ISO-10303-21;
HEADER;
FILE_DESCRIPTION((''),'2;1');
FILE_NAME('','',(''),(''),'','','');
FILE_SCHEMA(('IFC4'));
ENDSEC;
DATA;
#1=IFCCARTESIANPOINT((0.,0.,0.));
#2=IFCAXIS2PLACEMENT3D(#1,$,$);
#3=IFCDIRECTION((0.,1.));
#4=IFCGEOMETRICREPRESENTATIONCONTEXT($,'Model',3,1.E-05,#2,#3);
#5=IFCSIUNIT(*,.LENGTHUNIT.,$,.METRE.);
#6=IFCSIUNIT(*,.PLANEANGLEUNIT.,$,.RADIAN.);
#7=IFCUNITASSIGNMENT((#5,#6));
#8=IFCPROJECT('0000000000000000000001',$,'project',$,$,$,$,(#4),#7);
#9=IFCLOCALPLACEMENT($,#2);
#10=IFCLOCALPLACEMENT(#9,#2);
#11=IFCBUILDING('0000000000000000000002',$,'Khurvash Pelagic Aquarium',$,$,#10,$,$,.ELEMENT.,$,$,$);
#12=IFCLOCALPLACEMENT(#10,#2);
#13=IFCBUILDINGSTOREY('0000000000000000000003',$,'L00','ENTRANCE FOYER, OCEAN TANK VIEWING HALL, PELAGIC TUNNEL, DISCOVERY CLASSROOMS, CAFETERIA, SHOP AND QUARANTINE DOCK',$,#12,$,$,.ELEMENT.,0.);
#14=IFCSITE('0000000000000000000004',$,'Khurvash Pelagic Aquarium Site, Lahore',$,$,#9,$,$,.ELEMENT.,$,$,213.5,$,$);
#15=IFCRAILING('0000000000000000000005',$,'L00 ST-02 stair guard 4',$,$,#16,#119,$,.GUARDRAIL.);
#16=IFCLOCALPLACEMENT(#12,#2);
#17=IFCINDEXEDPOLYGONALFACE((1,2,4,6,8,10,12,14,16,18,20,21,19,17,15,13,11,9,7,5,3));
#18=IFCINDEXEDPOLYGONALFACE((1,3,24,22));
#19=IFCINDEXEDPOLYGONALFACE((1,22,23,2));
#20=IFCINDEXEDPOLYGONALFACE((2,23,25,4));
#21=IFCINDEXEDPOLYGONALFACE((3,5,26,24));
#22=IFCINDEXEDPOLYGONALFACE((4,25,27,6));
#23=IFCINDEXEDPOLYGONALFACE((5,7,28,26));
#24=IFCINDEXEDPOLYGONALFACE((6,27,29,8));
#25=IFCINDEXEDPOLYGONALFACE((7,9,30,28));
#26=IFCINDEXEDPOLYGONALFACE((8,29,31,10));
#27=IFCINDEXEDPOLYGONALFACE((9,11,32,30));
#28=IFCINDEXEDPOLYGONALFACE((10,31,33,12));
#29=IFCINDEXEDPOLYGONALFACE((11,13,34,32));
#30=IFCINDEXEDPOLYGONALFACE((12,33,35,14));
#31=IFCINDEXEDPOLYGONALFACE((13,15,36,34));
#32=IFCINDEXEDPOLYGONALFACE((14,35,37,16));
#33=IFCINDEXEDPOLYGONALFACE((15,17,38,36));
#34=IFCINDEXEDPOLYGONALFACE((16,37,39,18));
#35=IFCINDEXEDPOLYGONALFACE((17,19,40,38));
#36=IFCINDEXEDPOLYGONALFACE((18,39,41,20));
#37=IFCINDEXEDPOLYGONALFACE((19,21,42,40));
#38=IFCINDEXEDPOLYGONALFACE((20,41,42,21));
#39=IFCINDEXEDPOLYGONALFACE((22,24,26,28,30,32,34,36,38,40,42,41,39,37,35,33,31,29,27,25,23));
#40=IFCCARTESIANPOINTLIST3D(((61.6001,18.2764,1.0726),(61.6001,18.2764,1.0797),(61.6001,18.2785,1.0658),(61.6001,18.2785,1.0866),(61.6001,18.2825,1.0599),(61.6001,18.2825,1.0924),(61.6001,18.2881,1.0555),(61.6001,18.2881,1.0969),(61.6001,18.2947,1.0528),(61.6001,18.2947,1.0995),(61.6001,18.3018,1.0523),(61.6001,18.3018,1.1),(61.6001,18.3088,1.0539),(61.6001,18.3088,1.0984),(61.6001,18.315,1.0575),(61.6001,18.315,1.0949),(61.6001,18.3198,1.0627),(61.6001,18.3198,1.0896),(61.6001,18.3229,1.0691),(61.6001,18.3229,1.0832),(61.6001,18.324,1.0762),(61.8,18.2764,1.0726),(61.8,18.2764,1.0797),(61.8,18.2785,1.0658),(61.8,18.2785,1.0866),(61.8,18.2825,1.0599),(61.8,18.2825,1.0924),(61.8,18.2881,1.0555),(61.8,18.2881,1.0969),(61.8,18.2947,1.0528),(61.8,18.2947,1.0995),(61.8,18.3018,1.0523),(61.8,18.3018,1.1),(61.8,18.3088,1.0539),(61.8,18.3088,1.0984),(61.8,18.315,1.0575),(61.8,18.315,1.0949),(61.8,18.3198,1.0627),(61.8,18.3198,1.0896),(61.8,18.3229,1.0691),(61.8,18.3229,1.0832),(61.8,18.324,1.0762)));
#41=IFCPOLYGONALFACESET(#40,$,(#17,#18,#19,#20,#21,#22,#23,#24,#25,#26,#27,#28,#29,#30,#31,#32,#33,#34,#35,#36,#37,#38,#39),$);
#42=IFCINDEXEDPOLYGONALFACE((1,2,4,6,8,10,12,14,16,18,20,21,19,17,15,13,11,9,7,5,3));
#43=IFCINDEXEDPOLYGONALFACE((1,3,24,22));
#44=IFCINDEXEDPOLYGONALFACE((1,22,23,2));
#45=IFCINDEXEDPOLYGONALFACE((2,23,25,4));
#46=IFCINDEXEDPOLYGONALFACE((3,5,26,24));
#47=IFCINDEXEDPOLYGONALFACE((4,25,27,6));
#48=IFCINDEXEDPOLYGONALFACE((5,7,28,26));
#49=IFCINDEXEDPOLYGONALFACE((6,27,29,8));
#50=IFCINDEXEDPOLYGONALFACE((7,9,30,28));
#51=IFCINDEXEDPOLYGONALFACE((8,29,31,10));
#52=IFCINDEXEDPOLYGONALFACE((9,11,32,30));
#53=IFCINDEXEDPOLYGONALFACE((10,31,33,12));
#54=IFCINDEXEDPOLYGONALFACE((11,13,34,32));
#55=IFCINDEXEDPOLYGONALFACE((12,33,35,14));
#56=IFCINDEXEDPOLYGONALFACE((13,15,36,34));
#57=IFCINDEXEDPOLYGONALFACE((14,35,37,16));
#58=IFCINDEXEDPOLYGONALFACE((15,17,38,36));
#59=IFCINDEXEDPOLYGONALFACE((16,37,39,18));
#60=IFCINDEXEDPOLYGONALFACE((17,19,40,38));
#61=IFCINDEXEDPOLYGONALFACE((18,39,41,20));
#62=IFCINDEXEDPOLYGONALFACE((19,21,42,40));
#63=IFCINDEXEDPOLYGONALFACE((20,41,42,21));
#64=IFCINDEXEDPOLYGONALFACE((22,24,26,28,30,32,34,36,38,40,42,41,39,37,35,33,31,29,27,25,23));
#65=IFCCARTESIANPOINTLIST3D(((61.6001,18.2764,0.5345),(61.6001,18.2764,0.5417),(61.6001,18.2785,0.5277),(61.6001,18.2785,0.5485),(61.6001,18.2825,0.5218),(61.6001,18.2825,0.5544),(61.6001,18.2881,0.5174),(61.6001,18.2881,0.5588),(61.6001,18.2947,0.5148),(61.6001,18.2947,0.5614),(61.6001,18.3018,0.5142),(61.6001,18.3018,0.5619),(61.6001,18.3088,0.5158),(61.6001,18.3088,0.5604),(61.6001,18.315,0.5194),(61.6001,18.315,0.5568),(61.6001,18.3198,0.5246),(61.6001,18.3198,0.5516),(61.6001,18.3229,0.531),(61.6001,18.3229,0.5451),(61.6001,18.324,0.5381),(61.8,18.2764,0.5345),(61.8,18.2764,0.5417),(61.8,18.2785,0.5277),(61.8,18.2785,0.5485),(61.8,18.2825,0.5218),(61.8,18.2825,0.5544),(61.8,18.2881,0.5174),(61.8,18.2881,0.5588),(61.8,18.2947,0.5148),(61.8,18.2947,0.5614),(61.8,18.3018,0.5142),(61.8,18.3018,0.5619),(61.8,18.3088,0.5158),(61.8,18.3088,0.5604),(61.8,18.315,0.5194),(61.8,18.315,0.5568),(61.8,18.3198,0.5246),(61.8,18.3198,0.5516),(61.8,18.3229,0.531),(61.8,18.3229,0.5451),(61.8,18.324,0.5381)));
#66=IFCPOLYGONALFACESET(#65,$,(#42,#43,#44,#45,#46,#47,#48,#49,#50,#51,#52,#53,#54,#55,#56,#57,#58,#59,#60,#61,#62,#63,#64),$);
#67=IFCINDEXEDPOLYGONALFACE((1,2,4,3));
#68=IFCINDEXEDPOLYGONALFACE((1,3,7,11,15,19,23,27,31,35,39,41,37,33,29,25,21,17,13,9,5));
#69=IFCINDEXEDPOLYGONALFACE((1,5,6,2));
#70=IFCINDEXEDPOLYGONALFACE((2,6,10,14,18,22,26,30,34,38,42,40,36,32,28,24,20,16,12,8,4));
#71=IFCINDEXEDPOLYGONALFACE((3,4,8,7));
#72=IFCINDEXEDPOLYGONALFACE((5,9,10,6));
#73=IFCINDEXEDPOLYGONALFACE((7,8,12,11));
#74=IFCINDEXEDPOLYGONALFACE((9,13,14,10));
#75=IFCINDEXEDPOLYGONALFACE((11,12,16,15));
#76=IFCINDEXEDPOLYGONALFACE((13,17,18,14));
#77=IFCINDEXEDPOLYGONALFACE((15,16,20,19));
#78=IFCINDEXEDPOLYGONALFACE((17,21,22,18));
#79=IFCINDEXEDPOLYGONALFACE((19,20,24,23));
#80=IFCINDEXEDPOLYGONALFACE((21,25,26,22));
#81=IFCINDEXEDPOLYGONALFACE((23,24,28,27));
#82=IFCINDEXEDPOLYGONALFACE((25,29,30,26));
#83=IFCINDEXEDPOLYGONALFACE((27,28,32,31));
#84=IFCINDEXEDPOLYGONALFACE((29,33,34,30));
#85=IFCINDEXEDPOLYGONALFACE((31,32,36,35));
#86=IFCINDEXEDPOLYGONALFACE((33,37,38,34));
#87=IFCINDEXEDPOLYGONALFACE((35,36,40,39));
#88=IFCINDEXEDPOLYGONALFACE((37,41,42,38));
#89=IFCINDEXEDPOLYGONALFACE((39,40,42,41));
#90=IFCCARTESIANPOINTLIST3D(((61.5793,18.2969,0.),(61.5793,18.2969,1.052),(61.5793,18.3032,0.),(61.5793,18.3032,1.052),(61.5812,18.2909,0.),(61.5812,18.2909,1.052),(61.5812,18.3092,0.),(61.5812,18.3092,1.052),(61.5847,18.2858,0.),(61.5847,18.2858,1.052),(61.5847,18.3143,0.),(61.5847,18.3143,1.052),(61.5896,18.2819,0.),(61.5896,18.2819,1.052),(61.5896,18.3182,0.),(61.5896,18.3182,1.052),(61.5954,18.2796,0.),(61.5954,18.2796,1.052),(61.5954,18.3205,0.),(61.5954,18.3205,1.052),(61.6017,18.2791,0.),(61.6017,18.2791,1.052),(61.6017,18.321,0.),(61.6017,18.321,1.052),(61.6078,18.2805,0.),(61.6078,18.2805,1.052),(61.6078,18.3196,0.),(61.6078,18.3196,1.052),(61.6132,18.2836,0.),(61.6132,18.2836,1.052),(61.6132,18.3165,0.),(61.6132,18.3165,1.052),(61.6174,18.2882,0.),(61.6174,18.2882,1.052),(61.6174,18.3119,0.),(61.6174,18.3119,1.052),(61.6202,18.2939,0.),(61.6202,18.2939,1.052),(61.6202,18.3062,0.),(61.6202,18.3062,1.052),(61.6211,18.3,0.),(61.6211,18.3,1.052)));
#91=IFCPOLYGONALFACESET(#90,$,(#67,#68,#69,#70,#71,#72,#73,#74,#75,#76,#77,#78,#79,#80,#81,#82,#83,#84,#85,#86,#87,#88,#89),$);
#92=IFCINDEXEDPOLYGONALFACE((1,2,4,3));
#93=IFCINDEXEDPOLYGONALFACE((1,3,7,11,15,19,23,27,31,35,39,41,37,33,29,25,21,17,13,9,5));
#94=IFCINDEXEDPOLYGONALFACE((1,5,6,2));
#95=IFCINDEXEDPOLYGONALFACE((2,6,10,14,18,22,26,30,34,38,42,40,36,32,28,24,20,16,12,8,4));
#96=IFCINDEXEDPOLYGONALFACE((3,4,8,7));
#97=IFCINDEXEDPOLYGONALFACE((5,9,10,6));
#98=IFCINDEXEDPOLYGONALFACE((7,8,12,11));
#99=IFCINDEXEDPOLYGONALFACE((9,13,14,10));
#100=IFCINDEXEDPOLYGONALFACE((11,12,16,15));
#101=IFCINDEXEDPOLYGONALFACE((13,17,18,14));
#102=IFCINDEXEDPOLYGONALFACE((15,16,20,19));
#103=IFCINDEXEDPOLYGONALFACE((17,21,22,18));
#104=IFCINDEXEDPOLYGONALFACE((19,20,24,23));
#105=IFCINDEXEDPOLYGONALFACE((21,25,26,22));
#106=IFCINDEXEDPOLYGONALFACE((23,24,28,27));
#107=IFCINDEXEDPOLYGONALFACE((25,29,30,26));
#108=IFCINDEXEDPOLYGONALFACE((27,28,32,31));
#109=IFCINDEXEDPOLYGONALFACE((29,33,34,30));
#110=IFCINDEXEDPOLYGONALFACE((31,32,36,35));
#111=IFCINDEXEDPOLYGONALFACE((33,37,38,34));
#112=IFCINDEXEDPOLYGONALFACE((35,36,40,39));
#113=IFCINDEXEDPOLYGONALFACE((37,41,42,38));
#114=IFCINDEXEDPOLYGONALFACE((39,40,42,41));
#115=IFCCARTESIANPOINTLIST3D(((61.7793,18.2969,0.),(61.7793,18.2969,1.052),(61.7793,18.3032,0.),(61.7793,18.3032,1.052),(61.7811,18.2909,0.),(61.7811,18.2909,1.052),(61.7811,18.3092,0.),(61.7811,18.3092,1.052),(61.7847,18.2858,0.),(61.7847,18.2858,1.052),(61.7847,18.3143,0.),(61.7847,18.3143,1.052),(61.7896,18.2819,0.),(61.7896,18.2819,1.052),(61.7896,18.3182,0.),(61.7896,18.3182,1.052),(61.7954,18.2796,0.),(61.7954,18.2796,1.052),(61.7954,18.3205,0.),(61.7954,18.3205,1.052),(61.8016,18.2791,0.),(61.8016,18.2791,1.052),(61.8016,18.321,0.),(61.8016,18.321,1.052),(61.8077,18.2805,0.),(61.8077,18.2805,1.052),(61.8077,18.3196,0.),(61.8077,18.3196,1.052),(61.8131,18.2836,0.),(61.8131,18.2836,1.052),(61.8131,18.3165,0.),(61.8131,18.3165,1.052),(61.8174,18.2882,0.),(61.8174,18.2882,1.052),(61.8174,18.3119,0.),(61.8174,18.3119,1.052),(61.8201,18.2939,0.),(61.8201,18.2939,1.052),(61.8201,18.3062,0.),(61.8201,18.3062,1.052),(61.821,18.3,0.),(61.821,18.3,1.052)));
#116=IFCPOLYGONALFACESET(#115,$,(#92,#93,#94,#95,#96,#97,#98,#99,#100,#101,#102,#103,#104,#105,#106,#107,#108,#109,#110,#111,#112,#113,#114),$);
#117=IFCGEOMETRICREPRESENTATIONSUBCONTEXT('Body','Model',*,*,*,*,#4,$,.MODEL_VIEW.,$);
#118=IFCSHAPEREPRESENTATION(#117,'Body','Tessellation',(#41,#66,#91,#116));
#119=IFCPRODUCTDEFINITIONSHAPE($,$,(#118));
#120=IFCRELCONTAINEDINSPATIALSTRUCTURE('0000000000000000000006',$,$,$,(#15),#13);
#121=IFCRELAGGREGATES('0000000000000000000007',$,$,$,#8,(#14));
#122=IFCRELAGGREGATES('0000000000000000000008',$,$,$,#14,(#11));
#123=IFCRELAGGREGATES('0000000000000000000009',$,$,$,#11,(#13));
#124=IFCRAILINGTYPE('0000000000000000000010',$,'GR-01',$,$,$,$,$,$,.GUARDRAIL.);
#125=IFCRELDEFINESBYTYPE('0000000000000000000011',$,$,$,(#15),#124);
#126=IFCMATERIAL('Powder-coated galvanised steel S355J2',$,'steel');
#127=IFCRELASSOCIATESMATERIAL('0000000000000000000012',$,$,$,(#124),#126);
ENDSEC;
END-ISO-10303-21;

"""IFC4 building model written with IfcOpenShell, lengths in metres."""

from ifc_helpers import new_model, si_unit, direction, frame, origin, origin_2d, place, context, subcontext, project, spatial, circle, extrude, material, type_object, element, save


model = new_model("IFC4")

# Units and contexts
model_context = context("Model", 3, precision=1e-05, world=origin(), true_north=direction((0.0, 1.0)))
body_context = subcontext(model_context, "Body", "Model", "MODEL_VIEW")
ifc_project = project(units=[si_unit("LENGTHUNIT", "METRE"), si_unit("PLANEANGLEUNIT", "RADIAN")], contexts=[model_context])

# Site, building, storey
site_placement = place(None, origin())
site = spatial("IfcSite", under=ifc_project, at=site_placement, Name="Khurvash Pelagic Aquarium Site, Lahore", CompositionType="ELEMENT", RefElevation=213.5)
building_placement = place(site_placement, origin())
building = spatial("IfcBuilding", under=site, at=building_placement, Name="Khurvash Pelagic Aquarium", CompositionType="ELEMENT")
storey_placement = place(building_placement, origin())
storey = spatial("IfcBuildingStorey", under=building, at=storey_placement, Name="L00", Description="ENTRANCE FOYER, OCEAN TANK VIEWING HALL, PELAGIC TUNNEL, DISCOVERY CLASSROOMS, CAFETERIA, SHOP AND QUARANTINE DOCK", CompositionType="ELEMENT", Elevation=0.0)

# Railing
ifc_material_1 = material(Name="Powder-coated galvanised steel S355J2", Category="steel")
railing_type_1 = type_object("IfcRailingType", Name="GR-01", PredefinedType="GUARDRAIL", material=ifc_material_1)
railing_1_placement = place(storey_placement, frame((61.6001, 18.3, 0.0)))
element("IfcRailing", 1, at=railing_1_placement, inside=storey, type_object=railing_type_1, Name="L00 ST-02 stair guard 4", PredefinedType="GUARDRAIL", context=body_context, shape_type="SweptSolid", body=[
    extrude(circle(Radius=0.0239, at=origin_2d()), frame((0.0, 0.0, 1.0762), z_axis=(1.0, 0.0, 0.0), x_axis=(0.0, 1.0, 0.0)), (0.0, 0.0, 1.0), 0.2),
    extrude(circle(Radius=0.0239, at=origin_2d()), frame((0.0, 0.0, 0.5381), z_axis=(1.0, 0.0, 0.0), x_axis=(0.0, 1.0, 0.0)), (0.0, 0.0, 1.0), 0.2),
    extrude(circle(Radius=0.021, at=origin_2d()), origin(), (0.0, 0.0, 1.0), 1.052),
    extrude(circle(Radius=0.021, at=origin_2d()), frame((0.2, 0.0, 0.0)), (0.0, 0.0, 1.0), 1.052),
])

save(model, "model.ifc")
